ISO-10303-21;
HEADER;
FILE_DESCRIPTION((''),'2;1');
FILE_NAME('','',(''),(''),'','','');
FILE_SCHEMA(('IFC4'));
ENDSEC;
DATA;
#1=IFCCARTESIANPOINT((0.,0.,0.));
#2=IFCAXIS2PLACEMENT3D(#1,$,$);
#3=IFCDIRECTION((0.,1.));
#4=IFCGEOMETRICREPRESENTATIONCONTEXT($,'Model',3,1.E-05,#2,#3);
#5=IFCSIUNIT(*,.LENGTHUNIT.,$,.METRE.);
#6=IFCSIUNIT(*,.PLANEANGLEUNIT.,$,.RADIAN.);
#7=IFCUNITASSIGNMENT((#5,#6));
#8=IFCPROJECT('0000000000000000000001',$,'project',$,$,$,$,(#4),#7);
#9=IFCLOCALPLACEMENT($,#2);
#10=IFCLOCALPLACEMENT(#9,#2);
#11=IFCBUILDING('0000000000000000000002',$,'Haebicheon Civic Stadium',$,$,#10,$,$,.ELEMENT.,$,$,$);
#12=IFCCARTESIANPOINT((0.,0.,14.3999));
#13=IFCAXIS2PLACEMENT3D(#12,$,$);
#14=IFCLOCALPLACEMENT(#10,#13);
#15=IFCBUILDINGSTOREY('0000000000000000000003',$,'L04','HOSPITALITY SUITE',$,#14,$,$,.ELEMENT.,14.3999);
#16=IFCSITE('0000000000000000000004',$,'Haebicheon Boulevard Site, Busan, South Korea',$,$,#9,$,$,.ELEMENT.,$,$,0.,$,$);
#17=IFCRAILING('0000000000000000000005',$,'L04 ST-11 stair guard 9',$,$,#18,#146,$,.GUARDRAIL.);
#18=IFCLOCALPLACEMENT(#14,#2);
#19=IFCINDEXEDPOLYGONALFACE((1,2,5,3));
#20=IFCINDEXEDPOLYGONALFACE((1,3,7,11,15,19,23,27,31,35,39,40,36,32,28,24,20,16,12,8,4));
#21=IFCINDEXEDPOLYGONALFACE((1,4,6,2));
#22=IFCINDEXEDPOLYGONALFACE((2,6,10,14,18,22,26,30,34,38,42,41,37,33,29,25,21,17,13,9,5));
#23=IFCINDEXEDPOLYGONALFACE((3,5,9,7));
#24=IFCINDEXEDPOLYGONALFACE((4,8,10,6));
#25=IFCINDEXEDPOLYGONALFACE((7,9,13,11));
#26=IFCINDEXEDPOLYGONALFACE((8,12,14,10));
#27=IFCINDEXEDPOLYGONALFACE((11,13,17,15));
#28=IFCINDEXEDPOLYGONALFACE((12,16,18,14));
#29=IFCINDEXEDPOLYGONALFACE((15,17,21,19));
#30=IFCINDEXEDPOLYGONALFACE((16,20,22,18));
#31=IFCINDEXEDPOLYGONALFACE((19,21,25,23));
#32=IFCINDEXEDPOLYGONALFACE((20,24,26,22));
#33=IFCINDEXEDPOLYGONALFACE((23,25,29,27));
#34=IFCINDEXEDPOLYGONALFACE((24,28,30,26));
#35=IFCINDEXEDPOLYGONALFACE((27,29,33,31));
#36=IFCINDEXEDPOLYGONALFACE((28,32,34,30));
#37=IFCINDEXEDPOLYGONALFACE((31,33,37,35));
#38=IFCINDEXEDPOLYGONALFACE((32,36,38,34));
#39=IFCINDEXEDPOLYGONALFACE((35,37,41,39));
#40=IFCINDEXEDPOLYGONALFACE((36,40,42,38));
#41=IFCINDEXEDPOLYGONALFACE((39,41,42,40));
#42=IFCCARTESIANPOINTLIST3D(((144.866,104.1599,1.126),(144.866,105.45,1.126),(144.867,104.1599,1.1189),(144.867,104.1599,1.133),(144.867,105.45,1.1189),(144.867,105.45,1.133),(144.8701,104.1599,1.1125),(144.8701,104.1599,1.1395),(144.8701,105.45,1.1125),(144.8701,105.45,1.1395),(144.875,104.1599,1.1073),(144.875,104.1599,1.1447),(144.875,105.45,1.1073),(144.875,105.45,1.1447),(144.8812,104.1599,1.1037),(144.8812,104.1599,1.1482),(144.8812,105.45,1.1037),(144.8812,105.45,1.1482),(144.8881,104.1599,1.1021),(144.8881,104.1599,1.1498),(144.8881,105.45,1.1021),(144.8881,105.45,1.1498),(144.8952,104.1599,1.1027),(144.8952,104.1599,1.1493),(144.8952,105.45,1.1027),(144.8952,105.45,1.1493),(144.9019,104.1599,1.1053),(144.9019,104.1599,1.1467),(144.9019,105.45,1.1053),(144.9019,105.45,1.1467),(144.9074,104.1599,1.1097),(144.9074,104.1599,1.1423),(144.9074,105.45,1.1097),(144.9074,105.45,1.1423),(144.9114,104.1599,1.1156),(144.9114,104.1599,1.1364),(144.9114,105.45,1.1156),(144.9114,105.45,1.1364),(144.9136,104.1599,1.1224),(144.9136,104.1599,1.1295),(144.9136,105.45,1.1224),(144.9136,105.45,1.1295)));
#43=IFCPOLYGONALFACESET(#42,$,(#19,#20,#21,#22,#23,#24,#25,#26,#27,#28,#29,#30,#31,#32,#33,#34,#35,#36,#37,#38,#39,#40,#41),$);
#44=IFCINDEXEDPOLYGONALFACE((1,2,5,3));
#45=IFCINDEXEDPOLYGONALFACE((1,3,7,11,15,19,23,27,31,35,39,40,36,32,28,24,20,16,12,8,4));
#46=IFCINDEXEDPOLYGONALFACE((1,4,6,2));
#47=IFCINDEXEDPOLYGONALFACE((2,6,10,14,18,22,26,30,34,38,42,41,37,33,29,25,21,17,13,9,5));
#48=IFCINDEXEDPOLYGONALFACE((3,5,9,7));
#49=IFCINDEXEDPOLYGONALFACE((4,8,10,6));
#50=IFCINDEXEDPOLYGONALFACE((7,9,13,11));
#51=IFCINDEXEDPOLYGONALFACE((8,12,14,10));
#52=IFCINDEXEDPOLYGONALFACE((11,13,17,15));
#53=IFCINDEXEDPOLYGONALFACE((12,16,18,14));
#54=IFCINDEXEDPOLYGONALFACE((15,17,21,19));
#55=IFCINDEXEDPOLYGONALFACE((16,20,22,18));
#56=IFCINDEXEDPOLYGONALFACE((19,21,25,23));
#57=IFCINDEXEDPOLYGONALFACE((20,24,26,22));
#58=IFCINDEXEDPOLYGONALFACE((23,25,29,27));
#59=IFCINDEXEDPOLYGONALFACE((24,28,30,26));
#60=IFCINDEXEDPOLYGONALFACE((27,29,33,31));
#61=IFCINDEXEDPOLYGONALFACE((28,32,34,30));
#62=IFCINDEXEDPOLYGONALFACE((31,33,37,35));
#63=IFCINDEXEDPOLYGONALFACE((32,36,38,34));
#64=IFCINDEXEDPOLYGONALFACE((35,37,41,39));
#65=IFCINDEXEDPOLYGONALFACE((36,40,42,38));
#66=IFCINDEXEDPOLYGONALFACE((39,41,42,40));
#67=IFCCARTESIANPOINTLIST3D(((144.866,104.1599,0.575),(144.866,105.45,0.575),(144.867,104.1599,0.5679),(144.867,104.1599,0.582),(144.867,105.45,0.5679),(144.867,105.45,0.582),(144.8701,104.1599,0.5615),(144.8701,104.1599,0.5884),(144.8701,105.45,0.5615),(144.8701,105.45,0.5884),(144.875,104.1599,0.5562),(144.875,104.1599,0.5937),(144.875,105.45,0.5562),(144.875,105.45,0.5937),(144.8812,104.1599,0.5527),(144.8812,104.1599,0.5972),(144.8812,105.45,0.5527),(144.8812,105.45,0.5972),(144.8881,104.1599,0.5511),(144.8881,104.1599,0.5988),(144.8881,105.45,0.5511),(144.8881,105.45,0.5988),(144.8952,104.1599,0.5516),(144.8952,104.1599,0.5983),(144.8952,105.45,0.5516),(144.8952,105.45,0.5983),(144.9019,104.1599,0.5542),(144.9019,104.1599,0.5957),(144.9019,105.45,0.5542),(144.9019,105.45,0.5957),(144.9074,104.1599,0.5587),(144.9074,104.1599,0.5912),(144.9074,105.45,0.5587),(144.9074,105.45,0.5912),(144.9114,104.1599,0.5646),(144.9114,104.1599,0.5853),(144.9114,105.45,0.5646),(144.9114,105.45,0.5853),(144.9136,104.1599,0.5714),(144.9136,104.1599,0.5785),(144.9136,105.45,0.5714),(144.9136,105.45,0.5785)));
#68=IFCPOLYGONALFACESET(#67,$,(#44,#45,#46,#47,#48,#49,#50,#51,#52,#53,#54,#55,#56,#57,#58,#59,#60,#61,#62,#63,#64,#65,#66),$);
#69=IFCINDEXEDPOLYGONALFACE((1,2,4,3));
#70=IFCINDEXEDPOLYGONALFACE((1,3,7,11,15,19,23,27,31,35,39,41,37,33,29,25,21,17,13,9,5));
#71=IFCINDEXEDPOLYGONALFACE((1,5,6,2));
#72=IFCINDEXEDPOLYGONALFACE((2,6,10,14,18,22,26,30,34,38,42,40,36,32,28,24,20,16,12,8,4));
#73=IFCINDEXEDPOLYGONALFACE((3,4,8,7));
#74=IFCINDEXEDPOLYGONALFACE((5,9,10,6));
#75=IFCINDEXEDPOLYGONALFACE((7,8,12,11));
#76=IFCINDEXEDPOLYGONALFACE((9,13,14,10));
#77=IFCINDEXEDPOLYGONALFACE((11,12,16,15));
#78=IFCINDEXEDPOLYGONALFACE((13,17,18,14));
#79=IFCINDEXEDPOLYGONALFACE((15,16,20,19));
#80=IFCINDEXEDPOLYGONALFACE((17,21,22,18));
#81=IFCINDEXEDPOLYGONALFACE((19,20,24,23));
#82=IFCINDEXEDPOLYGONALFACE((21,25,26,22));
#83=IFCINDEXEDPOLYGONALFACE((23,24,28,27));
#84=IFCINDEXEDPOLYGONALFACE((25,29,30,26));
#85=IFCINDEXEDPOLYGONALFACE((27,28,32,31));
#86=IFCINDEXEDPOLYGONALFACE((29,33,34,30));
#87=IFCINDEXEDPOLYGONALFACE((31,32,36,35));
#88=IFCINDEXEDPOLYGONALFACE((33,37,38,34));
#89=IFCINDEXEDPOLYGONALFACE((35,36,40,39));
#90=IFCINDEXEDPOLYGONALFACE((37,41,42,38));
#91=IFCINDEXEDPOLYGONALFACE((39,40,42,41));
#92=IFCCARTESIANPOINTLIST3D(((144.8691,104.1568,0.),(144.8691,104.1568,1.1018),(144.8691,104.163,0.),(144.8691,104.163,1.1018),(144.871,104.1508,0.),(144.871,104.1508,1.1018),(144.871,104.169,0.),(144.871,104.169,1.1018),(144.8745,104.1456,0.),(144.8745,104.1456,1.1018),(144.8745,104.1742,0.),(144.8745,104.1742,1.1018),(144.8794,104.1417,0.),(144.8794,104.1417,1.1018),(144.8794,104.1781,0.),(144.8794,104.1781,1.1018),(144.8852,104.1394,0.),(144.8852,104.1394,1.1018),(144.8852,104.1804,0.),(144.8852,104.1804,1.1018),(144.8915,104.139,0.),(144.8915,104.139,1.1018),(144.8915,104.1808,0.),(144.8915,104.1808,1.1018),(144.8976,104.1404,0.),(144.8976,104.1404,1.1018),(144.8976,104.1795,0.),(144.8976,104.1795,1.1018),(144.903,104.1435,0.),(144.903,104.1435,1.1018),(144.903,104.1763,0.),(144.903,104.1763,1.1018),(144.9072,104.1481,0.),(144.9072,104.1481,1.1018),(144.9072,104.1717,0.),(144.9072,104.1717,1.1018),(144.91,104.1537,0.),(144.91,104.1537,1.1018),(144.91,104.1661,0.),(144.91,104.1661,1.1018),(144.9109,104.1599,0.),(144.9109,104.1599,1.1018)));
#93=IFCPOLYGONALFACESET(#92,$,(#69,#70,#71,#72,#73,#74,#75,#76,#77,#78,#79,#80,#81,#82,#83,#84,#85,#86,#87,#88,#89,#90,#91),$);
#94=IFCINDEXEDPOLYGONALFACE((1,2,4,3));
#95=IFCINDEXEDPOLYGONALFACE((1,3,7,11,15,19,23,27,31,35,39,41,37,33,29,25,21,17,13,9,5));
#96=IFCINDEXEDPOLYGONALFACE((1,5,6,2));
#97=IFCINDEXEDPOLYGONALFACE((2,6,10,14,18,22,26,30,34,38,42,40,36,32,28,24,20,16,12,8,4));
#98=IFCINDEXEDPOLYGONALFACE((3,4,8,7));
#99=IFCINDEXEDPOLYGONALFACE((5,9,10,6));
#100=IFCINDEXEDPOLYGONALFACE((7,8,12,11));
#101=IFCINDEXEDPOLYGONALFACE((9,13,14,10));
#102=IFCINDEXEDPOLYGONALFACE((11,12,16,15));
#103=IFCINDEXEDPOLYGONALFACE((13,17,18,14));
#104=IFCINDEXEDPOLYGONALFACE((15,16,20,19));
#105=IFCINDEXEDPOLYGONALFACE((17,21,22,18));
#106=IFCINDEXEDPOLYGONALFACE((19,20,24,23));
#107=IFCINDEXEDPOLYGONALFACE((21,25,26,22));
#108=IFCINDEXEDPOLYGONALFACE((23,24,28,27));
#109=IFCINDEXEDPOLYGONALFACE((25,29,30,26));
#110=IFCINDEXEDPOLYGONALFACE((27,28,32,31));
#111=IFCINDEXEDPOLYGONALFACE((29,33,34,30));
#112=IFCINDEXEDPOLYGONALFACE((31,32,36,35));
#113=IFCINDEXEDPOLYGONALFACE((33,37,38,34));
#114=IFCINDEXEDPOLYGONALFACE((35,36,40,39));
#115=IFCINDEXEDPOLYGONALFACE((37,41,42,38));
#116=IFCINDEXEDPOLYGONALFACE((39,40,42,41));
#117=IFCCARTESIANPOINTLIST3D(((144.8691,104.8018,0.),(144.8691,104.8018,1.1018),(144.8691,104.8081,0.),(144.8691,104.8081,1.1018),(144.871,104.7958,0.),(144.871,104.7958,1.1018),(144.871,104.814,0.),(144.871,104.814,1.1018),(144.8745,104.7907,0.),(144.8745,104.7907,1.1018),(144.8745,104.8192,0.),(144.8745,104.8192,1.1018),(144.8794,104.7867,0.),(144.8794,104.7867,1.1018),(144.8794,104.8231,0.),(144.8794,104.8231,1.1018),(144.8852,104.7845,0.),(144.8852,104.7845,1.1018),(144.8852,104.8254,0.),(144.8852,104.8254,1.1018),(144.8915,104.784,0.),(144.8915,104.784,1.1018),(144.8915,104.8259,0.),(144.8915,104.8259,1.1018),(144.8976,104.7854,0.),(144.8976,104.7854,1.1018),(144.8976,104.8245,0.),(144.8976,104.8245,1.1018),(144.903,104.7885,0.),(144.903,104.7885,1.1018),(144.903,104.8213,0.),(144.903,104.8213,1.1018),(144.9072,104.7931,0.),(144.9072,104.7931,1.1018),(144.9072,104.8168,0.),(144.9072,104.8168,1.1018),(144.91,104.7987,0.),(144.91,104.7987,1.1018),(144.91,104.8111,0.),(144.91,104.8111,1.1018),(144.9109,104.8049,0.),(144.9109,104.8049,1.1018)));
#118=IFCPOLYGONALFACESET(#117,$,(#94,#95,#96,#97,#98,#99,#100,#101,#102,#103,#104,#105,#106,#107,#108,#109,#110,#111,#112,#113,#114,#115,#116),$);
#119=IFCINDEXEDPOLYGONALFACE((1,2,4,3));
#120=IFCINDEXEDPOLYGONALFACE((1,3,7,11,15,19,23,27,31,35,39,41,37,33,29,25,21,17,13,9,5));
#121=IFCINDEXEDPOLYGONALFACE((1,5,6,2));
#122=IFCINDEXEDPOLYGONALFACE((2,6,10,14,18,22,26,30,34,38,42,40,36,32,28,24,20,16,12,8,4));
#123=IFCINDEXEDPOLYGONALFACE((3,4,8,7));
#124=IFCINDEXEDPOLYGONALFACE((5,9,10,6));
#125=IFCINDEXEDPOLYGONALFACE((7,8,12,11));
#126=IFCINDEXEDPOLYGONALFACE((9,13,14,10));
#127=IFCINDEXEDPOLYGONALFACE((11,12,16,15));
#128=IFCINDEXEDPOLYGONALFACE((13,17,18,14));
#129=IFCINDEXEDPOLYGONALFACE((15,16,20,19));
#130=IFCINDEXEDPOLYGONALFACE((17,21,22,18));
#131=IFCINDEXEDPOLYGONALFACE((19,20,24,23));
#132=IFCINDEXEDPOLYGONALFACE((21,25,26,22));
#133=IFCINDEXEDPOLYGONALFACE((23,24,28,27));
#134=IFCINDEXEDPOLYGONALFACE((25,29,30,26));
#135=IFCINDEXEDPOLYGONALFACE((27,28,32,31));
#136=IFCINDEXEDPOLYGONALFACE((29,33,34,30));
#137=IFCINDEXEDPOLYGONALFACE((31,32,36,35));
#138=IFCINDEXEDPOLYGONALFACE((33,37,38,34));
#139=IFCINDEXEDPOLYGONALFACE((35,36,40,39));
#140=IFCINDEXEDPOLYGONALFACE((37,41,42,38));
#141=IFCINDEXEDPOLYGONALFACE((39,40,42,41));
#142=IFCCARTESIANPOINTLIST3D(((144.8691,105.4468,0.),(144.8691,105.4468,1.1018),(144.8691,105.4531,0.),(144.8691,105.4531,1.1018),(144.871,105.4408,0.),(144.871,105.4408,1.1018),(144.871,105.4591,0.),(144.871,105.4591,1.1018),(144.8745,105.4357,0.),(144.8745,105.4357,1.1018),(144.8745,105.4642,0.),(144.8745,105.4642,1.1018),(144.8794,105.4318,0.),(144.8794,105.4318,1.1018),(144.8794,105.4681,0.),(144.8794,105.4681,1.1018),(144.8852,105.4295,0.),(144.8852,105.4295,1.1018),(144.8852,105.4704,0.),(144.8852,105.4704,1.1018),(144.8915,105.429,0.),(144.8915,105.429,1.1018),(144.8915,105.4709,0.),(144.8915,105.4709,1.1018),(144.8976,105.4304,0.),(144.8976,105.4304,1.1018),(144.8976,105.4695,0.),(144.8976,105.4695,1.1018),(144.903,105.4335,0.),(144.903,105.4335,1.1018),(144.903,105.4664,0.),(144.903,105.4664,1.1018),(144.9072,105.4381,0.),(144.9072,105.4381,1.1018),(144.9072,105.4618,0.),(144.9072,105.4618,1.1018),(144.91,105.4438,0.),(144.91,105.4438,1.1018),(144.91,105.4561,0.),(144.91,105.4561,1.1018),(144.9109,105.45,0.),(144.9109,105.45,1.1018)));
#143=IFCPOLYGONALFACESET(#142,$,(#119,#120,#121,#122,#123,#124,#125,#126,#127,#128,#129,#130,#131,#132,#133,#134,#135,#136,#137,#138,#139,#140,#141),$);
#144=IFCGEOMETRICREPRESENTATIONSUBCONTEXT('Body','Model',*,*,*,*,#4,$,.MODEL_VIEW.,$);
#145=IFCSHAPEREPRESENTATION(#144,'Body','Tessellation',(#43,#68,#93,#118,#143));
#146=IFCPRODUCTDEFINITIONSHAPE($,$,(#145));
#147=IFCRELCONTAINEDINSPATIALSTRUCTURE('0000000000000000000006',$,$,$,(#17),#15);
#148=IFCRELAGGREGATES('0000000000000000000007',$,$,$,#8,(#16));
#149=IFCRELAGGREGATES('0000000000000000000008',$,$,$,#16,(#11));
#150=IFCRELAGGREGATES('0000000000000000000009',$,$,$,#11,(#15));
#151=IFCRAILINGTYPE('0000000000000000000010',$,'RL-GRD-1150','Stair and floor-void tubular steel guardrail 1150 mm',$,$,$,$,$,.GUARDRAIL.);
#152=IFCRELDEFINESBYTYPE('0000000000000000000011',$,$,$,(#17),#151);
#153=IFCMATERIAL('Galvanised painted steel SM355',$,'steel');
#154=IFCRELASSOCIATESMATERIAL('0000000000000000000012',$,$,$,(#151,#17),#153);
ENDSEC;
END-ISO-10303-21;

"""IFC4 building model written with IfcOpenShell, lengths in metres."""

from ifc_helpers import new_model, si_unit, direction, frame, origin, origin_2d, place, context, subcontext, project, spatial, circle, extrude, material, type_object, element, save


model = new_model("IFC4")

# Units and contexts
model_context = context("Model", 3, precision=1e-05, world=origin(), true_north=direction((0.0, 1.0)))
body_context = subcontext(model_context, "Body", "Model", "MODEL_VIEW")
ifc_project = project(units=[si_unit("LENGTHUNIT", "METRE"), si_unit("PLANEANGLEUNIT", "RADIAN")], contexts=[model_context])

# Site, building, storey
site_placement = place(None, origin())
site = spatial("IfcSite", under=ifc_project, at=site_placement, Name="Haebicheon Boulevard Site, Busan, South Korea", CompositionType="ELEMENT", RefElevation=0.0)
building_placement = place(site_placement, origin())
building = spatial("IfcBuilding", under=site, at=building_placement, Name="Haebicheon Civic Stadium", CompositionType="ELEMENT")
storey_placement = place(building_placement, frame((0.0, 0.0, 14.3999)))
storey = spatial("IfcBuildingStorey", under=building, at=storey_placement, Name="L04", Description="HOSPITALITY SUITE", CompositionType="ELEMENT", Elevation=14.3999)

# Railing
ifc_material_1 = material(Name="Galvanised painted steel SM355", Category="steel")
railing_type_1 = type_object("IfcRailingType", Name="RL-GRD-1150", Description="Stair and floor-void tubular steel guardrail 1150 mm", PredefinedType="GUARDRAIL", material=ifc_material_1)
for number, where, name in (
    (1, (144.8899, 104.1599, 0.0), "L04 ST-11 stair guard 9"),
):
    element("IfcRailing", number, at=place(storey_placement, frame(where)), inside=storey, type_object=railing_type_1, material=ifc_material_1, Name=name, PredefinedType="GUARDRAIL", context=body_context, shape_type="SweptSolid", body=[
        extrude(circle(Radius=0.0239, at=origin_2d()), frame((0.0, 0.0, 1.126), z_axis=(0.0, 1.0, 0.0), x_axis=(-1.0, 0.0, 0.0)), (0.0, 0.0, 1.0), 1.29),
        extrude(circle(Radius=0.0239, at=origin_2d()), frame((0.0, 0.0, 0.575), z_axis=(0.0, 1.0, 0.0), x_axis=(-1.0, 0.0, 0.0)), (0.0, 0.0, 1.0), 1.29),
        extrude(circle(Radius=0.021, at=origin_2d()), origin(), (0.0, 0.0, 1.0), 1.1018),
        extrude(circle(Radius=0.021, at=origin_2d()), frame((0.0, 0.645, 0.0)), (0.0, 0.0, 1.0), 1.1018),
        extrude(circle(Radius=0.021, at=origin_2d()), frame((0.0, 1.29, 0.0)), (0.0, 0.0, 1.0), 1.1018),
    ])

save(model, "model.ifc")
